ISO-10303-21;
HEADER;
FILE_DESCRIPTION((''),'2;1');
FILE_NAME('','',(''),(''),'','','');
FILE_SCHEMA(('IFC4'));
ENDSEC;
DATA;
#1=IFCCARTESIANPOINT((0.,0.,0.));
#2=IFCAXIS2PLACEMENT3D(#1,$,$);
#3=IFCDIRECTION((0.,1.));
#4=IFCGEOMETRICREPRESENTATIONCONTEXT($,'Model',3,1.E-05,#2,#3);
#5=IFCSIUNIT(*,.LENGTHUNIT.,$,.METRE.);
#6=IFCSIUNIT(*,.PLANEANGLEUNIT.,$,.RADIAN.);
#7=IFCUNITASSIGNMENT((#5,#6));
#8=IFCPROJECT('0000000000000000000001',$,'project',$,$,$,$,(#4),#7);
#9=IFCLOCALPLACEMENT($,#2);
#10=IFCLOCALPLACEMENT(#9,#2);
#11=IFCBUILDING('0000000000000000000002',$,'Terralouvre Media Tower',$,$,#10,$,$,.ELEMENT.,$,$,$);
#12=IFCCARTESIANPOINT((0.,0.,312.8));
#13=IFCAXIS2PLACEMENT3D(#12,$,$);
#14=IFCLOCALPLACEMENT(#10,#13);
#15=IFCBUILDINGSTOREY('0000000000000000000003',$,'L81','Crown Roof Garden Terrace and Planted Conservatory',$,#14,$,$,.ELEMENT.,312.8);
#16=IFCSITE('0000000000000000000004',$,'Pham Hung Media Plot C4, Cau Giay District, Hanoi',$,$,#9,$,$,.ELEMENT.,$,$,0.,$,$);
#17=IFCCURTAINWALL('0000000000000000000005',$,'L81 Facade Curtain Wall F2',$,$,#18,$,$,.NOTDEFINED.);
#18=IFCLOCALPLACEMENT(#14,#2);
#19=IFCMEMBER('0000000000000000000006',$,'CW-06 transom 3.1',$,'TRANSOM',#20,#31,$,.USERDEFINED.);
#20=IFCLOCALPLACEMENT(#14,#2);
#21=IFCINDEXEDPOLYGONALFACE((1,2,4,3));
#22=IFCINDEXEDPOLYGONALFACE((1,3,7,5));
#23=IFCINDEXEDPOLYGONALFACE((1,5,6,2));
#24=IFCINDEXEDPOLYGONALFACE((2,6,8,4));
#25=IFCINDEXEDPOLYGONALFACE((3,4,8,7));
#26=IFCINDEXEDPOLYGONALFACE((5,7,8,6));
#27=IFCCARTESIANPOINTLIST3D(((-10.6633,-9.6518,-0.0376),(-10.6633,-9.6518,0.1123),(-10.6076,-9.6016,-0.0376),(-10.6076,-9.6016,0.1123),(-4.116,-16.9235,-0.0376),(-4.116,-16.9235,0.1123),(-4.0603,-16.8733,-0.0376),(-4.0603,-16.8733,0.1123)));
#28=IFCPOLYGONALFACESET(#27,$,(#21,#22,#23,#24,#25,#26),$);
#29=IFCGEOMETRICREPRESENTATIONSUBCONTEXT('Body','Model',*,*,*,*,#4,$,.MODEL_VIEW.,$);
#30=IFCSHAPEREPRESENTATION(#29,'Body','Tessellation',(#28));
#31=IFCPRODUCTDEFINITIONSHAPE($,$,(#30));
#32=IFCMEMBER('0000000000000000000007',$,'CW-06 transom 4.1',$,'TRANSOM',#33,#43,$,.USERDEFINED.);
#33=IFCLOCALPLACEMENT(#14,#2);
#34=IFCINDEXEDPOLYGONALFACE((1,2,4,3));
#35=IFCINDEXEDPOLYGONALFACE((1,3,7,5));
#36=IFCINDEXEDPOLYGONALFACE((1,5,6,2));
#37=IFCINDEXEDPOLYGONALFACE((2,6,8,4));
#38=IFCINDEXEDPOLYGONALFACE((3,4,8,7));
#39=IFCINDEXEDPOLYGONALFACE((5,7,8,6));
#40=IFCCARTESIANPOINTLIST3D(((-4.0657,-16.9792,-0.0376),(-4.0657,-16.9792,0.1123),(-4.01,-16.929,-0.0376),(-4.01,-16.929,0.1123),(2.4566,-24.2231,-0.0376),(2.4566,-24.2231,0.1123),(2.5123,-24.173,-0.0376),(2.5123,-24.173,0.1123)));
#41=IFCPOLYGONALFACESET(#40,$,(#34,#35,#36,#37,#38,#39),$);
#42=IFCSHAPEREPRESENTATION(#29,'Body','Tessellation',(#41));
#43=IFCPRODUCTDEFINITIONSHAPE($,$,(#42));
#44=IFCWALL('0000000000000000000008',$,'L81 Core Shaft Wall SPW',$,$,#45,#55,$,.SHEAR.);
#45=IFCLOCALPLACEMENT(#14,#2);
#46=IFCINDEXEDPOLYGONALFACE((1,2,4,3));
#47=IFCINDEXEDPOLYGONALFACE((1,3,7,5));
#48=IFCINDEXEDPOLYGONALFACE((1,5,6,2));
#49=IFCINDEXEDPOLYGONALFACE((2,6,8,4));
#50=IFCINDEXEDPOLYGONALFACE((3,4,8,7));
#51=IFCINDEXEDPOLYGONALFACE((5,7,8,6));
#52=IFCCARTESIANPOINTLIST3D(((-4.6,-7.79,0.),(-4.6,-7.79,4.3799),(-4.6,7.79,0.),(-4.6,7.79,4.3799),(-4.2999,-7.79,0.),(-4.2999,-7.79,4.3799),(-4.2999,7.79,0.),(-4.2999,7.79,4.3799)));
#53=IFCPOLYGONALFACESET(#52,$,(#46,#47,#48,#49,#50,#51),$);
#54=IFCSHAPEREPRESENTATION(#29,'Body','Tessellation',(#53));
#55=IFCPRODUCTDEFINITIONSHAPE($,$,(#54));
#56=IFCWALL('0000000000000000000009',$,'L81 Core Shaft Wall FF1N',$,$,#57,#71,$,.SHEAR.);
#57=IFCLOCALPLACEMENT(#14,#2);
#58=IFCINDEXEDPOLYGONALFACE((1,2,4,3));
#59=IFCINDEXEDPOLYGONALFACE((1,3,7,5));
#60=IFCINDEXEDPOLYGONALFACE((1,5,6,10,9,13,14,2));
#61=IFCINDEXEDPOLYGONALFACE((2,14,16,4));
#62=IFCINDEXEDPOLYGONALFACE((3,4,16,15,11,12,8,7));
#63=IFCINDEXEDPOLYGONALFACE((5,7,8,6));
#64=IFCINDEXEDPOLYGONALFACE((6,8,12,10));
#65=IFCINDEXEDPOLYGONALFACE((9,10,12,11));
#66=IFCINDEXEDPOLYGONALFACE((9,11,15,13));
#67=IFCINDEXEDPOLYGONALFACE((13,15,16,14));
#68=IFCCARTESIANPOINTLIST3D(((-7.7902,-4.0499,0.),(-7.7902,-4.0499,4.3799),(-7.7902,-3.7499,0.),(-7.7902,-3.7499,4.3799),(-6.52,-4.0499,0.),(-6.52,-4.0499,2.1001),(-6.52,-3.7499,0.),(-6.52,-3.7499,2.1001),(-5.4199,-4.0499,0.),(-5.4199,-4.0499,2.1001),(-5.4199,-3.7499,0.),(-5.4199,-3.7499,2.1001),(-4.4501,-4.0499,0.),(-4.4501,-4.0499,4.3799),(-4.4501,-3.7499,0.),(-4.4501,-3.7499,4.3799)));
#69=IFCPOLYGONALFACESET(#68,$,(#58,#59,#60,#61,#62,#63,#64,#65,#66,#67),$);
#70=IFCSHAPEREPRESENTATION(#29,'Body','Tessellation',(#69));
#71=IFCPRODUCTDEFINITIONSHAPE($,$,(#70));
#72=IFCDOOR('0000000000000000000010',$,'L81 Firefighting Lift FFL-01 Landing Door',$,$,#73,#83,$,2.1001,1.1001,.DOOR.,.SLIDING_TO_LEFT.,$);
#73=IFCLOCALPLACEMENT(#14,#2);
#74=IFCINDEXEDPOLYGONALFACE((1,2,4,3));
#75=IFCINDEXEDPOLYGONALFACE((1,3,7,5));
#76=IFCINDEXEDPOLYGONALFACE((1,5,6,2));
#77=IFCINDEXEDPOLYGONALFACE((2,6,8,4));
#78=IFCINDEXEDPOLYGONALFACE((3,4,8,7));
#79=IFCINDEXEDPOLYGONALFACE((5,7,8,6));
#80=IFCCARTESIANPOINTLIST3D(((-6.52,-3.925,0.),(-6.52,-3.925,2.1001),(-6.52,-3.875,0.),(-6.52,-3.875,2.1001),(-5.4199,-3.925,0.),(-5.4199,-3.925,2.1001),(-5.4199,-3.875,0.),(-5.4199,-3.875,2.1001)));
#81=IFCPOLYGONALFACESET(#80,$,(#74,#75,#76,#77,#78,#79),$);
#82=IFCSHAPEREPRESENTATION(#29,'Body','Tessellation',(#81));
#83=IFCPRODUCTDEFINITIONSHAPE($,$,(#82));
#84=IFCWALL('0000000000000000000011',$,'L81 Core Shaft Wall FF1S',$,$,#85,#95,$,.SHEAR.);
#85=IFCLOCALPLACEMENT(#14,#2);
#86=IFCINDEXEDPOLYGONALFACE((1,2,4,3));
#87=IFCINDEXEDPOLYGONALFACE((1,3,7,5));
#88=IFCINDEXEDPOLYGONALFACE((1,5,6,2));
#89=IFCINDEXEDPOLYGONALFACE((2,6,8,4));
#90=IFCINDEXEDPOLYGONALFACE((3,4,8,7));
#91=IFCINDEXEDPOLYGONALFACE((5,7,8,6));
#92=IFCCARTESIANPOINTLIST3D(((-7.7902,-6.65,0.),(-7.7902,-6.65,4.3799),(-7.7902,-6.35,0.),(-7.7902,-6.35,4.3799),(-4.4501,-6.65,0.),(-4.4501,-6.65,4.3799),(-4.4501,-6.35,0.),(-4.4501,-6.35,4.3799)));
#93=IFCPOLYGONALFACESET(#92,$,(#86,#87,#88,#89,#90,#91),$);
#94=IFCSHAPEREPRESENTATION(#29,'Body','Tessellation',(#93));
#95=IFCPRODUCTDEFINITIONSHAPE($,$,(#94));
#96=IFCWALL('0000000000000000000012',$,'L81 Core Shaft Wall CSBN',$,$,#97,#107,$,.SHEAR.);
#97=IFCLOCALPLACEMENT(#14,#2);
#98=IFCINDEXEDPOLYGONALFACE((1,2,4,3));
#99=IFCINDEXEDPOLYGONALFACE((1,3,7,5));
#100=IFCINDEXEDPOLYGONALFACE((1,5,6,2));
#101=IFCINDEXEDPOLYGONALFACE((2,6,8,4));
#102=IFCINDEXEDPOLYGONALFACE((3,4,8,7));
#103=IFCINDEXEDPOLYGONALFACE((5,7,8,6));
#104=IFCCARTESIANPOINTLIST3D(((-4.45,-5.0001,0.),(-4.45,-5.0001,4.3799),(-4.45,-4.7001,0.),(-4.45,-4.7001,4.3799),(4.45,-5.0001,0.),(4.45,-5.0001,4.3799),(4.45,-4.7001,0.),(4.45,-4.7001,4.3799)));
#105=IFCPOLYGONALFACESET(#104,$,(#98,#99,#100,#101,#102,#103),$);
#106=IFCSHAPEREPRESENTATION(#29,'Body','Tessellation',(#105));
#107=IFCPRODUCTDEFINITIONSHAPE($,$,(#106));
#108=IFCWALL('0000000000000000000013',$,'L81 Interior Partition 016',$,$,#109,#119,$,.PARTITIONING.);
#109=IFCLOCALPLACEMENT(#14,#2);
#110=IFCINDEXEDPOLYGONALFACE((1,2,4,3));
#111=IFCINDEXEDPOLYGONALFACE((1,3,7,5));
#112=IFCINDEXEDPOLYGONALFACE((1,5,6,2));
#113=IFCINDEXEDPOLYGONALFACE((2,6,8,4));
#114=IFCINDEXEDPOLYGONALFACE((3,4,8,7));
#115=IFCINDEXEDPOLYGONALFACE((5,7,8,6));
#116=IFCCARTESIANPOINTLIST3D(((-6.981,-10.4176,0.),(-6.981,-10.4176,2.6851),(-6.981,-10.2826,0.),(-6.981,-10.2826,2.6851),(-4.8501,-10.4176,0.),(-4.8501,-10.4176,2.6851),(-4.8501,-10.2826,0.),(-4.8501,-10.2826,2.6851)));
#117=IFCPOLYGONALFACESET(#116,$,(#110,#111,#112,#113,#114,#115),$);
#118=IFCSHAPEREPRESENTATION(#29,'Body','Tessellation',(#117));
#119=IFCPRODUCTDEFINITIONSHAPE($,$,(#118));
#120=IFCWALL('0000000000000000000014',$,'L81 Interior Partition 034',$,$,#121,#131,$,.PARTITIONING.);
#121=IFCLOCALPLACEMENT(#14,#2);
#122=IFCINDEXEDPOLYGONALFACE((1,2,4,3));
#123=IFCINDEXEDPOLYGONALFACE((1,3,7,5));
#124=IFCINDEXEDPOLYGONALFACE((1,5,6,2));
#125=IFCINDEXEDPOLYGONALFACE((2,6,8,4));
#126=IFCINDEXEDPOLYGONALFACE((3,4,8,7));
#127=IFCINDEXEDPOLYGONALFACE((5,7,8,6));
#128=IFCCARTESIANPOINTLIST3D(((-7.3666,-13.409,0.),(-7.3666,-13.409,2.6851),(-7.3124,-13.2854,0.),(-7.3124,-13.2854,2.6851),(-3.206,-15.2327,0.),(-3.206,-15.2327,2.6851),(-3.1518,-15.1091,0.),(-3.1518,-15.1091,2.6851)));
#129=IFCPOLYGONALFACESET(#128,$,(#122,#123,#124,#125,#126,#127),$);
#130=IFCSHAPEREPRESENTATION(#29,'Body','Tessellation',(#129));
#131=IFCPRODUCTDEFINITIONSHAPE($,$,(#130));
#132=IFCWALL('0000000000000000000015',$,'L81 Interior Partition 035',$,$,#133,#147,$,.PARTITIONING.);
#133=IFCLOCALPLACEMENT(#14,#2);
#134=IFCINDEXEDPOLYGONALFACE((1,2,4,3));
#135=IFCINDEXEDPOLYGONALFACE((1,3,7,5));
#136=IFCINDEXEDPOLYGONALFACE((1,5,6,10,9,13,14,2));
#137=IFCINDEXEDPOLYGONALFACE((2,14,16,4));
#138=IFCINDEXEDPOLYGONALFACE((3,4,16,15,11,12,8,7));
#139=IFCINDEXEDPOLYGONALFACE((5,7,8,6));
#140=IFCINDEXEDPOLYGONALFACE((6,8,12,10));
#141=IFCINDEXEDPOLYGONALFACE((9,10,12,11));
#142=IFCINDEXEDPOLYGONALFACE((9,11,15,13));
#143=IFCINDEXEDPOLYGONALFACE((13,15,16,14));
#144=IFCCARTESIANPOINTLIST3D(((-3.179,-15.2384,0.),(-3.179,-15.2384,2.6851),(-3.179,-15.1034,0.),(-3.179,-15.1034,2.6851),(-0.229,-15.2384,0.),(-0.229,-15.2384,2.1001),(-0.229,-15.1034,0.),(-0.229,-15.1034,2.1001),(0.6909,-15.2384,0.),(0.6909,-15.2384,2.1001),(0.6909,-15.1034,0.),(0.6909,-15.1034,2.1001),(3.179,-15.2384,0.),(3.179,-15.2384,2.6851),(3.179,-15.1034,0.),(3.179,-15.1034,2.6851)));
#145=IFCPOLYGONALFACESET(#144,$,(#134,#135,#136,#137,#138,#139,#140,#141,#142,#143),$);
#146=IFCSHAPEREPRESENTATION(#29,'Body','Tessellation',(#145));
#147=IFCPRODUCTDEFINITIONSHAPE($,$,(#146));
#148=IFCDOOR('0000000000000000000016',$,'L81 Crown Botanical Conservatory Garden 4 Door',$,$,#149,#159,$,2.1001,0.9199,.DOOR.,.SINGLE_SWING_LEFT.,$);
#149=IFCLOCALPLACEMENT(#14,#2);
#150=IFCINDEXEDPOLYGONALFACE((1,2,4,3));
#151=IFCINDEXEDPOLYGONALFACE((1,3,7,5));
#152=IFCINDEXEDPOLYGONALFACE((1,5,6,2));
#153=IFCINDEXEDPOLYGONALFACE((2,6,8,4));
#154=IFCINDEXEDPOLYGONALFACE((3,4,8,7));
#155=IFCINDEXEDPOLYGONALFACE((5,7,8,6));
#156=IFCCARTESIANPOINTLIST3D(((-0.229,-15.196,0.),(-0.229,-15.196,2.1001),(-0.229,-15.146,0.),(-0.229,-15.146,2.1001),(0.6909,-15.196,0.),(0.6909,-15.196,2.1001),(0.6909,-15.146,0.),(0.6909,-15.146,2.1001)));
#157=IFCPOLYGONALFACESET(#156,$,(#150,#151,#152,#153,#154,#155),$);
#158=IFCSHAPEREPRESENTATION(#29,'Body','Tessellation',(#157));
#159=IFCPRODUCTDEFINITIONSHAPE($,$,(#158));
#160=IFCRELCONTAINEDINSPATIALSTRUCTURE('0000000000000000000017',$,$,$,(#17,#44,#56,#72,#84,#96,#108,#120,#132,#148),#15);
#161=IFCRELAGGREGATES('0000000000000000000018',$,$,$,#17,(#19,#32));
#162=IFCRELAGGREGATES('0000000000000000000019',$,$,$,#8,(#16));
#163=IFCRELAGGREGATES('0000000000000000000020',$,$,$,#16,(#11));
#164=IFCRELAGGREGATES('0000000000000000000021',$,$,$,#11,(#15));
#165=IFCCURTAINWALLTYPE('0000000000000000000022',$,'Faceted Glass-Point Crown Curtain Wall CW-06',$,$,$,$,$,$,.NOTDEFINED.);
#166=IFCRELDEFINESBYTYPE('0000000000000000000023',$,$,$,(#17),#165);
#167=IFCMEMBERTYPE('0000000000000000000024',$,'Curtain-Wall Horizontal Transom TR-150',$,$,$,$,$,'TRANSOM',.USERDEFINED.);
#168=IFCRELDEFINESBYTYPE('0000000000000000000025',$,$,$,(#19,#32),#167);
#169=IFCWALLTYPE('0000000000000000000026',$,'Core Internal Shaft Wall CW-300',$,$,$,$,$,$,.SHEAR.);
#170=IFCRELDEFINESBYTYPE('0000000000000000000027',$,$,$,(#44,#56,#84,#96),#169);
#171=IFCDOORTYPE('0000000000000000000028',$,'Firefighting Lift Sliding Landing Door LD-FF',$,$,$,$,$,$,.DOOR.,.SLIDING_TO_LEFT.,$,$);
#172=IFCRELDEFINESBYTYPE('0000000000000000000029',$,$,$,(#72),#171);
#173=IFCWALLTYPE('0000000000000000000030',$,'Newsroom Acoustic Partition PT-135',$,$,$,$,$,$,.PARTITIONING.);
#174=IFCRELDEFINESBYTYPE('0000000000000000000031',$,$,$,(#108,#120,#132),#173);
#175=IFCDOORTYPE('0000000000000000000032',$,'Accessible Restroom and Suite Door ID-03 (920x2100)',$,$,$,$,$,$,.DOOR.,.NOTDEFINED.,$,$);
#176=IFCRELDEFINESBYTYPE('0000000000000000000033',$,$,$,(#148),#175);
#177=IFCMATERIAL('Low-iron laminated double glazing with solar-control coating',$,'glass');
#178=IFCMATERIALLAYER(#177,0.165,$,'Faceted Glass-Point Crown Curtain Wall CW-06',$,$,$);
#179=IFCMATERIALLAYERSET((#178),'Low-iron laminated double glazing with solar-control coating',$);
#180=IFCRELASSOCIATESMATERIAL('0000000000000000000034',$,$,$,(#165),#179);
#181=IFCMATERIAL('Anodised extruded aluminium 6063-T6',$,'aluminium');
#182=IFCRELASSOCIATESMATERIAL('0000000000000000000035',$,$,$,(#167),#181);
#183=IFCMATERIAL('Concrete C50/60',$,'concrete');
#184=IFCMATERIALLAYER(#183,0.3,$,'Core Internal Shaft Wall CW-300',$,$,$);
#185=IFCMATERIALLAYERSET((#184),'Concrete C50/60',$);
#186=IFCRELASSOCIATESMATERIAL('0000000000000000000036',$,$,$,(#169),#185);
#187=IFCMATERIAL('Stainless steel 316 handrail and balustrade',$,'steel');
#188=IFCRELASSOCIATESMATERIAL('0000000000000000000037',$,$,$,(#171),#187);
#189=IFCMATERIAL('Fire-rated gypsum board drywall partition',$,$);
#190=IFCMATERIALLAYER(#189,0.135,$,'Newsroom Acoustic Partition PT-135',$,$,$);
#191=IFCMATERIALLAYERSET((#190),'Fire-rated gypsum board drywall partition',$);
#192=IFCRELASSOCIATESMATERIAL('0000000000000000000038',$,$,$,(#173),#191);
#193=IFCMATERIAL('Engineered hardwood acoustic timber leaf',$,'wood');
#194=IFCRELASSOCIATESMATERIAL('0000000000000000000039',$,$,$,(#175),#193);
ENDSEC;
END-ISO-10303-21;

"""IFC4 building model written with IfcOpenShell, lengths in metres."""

from ifc_helpers import new_model, si_unit, direction, frame, frame_2d, origin, origin_2d, place, context, subcontext, project, spatial, rectangle, extrude, material, layer, layer_set, material_profile, profile_set, type_object, element, fill, aggregate, save


model = new_model("IFC4")

# Units and contexts
model_context = context("Model", 3, precision=1e-05, world=origin(), true_north=direction((0.0, 1.0)))
body_context = subcontext(model_context, "Body", "Model", "MODEL_VIEW")
ifc_project = project(units=[si_unit("LENGTHUNIT", "METRE"), si_unit("PLANEANGLEUNIT", "RADIAN")], contexts=[model_context])

# Site, building, storey
site_placement = place(None, origin())
site = spatial("IfcSite", under=ifc_project, at=site_placement, Name="Pham Hung Media Plot C4, Cau Giay District, Hanoi", CompositionType="ELEMENT", RefElevation=0.0)
building_placement = place(site_placement, origin())
building = spatial("IfcBuilding", under=site, at=building_placement, Name="Terralouvre Media Tower", CompositionType="ELEMENT")
storey_placement = place(building_placement, frame((0.0, 0.0, 312.8)))
storey = spatial("IfcBuildingStorey", under=building, at=storey_placement, Name="L81", Description="Crown Roof Garden Terrace and Planted Conservatory", CompositionType="ELEMENT", Elevation=312.8)

# Curtain wall, members
ifc_material_1 = material(Name="Low-iron laminated double glazing with solar-control coating", Category="glass")
ifc_layer_1 = layer(ifc_material_1, 0.165, Name="Faceted Glass-Point Crown Curtain Wall CW-06")
ifc_layer_set_1 = layer_set([ifc_layer_1], Name="Low-iron laminated double glazing with solar-control coating")
curtain_wall_type = type_object("IfcCurtainWallType", Name="Faceted Glass-Point Crown Curtain Wall CW-06", PredefinedType="NOTDEFINED", material=ifc_layer_set_1)
curtain_wall_placement = place(storey_placement, origin())
curtain_wall = element("IfcCurtainWall", 1, at=curtain_wall_placement, inside=storey, type_object=curtain_wall_type, Name="L81 Facade Curtain Wall F2", PredefinedType="NOTDEFINED")
ifc_material_2 = material(Name="Anodised extruded aluminium 6063-T6", Category="aluminium")
ifc_material_profile = material_profile(ifc_material_2, rectangle(XDim=0.075, YDim=0.1499, at=origin_2d()), Name="ALU 75x150")
ifc_profile_set = profile_set([ifc_material_profile], Name="Anodised extruded aluminium 6063-T6")
member_type = type_object("IfcMemberType", Name="Curtain-Wall Horizontal Transom TR-150", ElementType="TRANSOM", PredefinedType="USERDEFINED", material=ifc_profile_set)
member_1_placement = place(storey_placement, frame((-10.6355, -9.6267, 0.0374), z_axis=(0.669123, -0.743151, 0.0), x_axis=(0.743151, 0.669123, 0.0)))
member_1 = element("IfcMember", 2, at=member_1_placement, type_object=member_type, Name="CW-06 transom 3.1", ObjectType="TRANSOM", PredefinedType="USERDEFINED", context=body_context, shape_type="SweptSolid", body=[
    extrude(rectangle(XDim=0.075, YDim=0.1499, at=origin_2d()), origin(), (0.0, 0.0, 1.0), 9.7849),
])
member_2_placement = place(storey_placement, frame((-4.0378, -16.9541, 0.0374), z_axis=(0.669118, -0.743156, 0.0), x_axis=(0.743156, 0.669118, 0.0)))
member_2 = element("IfcMember", 3, at=member_2_placement, type_object=member_type, Name="CW-06 transom 4.1", ObjectType="TRANSOM", PredefinedType="USERDEFINED", context=body_context, shape_type="SweptSolid", body=[
    extrude(rectangle(XDim=0.075, YDim=0.1499, at=origin_2d()), origin(), (0.0, 0.0, 1.0), 9.7476),
])
aggregate(curtain_wall, [member_1, member_2])

# Wall
ifc_material_3 = material(Name="Concrete C50/60", Category="concrete")
ifc_layer_2 = layer(ifc_material_3, 0.3, Name="Core Internal Shaft Wall CW-300")
ifc_layer_set_2 = layer_set([ifc_layer_2], Name="Concrete C50/60")
wall_type_1 = type_object("IfcWallType", Name="Core Internal Shaft Wall CW-300", PredefinedType="SHEAR", material=ifc_layer_set_2)
wall_1_placement = place(storey_placement, frame((-4.45, -7.79, 0.0), z_axis=(0.0, 0.0, 1.0), x_axis=(0.0, 1.0, 0.0)))
element("IfcWall", 4, at=wall_1_placement, inside=storey, type_object=wall_type_1, Name="L81 Core Shaft Wall SPW", PredefinedType="SHEAR", context=body_context, shape_type="SweptSolid", body=[
    extrude(rectangle(XDim=15.5801, YDim=0.3, at=frame_2d((7.79, 0.0))), origin(), (0.0, 0.0, 1.0), 4.3799),
])

# Wall, opening, door
wall_2_placement = place(storey_placement, frame((-7.79, -3.8999, 0.0), z_axis=(0.0, 0.0, 1.0), x_axis=(1.0, 0.0, 0.0)))
wall_2 = element("IfcWall", 5, at=wall_2_placement, inside=storey, type_object=wall_type_1, Name="L81 Core Shaft Wall FF1N", PredefinedType="SHEAR", context=body_context, shape_type="SweptSolid", body=[
    extrude(rectangle(XDim=3.3401, YDim=0.3, at=frame_2d((1.6699, 0.0))), origin(), (0.0, 0.0, 1.0), 4.3799),
])
opening_1_placement = place(wall_2_placement, frame((1.27, 0.0, 0.0)))
opening_1 = element("IfcOpeningElement", 6, at=opening_1_placement, cuts=wall_2, PredefinedType="OPENING", context=body_context, shape_type="SweptSolid", body=[
    extrude(rectangle(XDim=1.1001, YDim=2.1001, at=frame_2d((0.55, 1.05))), frame((0.0, 0.1599, 0.0), z_axis=(0.0, -1.0, 0.0), x_axis=(1.0, 0.0, 0.0)), (0.0, 0.0, 1.0), 0.3201),
])
ifc_material_4 = material(Name="Stainless steel 316 handrail and balustrade", Category="steel")
door_type_1 = type_object("IfcDoorType", Name="Firefighting Lift Sliding Landing Door LD-FF", OperationType="SLIDING_TO_LEFT", PredefinedType="DOOR", material=ifc_material_4)
door_1_placement = place(opening_1_placement, origin())
door_1 = element("IfcDoor", 7, at=door_1_placement, inside=storey, type_object=door_type_1, Name="L81 Firefighting Lift FFL-01 Landing Door", OperationType="SLIDING_TO_LEFT", OverallHeight=2.1001, OverallWidth=1.1001, PredefinedType="DOOR", context=body_context, shape_type="SweptSolid", body=[
    extrude(rectangle(XDim=1.1001, YDim=2.1001, at=frame_2d((0.55, 1.05))), frame((0.0, 0.0249, 0.0), z_axis=(0.0, -1.0, 0.0), x_axis=(1.0, 0.0, 0.0)), (0.0, 0.0, 1.0), 0.05),
])
fill(opening_1, door_1)

# Walls
wall_3_placement = place(storey_placement, frame((-7.79, -6.5, 0.0), z_axis=(0.0, 0.0, 1.0), x_axis=(1.0, 0.0, 0.0)))
element("IfcWall", 8, at=wall_3_placement, inside=storey, type_object=wall_type_1, Name="L81 Core Shaft Wall FF1S", PredefinedType="SHEAR", context=body_context, shape_type="SweptSolid", body=[
    extrude(rectangle(XDim=3.3401, YDim=0.3, at=frame_2d((1.6699, 0.0))), origin(), (0.0, 0.0, 1.0), 4.3799),
])
wall_4_placement = place(storey_placement, frame((-4.45, -4.8501, 0.0), z_axis=(0.0, 0.0, 1.0), x_axis=(1.0, 0.0, 0.0)))
element("IfcWall", 9, at=wall_4_placement, inside=storey, type_object=wall_type_1, Name="L81 Core Shaft Wall CSBN", PredefinedType="SHEAR", context=body_context, shape_type="SweptSolid", body=[
    extrude(rectangle(XDim=8.8999, YDim=0.3, at=frame_2d((4.45, 0.0))), origin(), (0.0, 0.0, 1.0), 4.3799),
])
ifc_material_5 = material(Name="Fire-rated gypsum board drywall partition")
ifc_layer_3 = layer(ifc_material_5, 0.135, Name="Newsroom Acoustic Partition PT-135")
ifc_layer_set_3 = layer_set([ifc_layer_3], Name="Fire-rated gypsum board drywall partition")
wall_type_2 = type_object("IfcWallType", Name="Newsroom Acoustic Partition PT-135", PredefinedType="PARTITIONING", material=ifc_layer_set_3)
wall_5_placement = place(storey_placement, frame((-6.981, -10.3501, 0.0), z_axis=(0.0, 0.0, 1.0), x_axis=(1.0, 0.0, 0.0)))
element("IfcWall", 10, at=wall_5_placement, inside=storey, type_object=wall_type_2, Name="L81 Interior Partition 016", PredefinedType="PARTITIONING", context=body_context, shape_type="SweptSolid", body=[
    extrude(rectangle(XDim=2.1309, YDim=0.135, at=frame_2d((1.0654, 0.0))), origin(), (0.0, 0.0, 1.0), 2.6851),
])
wall_6_placement = place(storey_placement, frame((-7.3396, -13.3472, 0.0), z_axis=(0.0, 0.0, 1.0), x_axis=(0.915878, -0.401456, 0.0)))
element("IfcWall", 11, at=wall_6_placement, inside=storey, type_object=wall_type_2, Name="L81 Interior Partition 034", PredefinedType="PARTITIONING", context=body_context, shape_type="SweptSolid", body=[
    extrude(rectangle(XDim=4.5427, YDim=0.135, at=frame_2d((2.2715, 0.0))), origin(), (0.0, 0.0, 1.0), 2.6851),
])

# Wall, opening, door
wall_7_placement = place(storey_placement, frame((-3.179, -15.1709, 0.0), z_axis=(0.0, 0.0, 1.0), x_axis=(1.0, 0.0, 0.0)))
wall_7 = element("IfcWall", 12, at=wall_7_placement, inside=storey, type_object=wall_type_2, Name="L81 Interior Partition 035", PredefinedType="PARTITIONING", context=body_context, shape_type="SweptSolid", body=[
    extrude(rectangle(XDim=6.3579, YDim=0.135, at=frame_2d((3.179, 0.0))), origin(), (0.0, 0.0, 1.0), 2.6851),
])
opening_2_placement = place(wall_7_placement, frame((2.95, 0.0, 0.0)))
opening_2 = element("IfcOpeningElement", 13, at=opening_2_placement, cuts=wall_7, PredefinedType="OPENING", context=body_context, shape_type="SweptSolid", body=[
    extrude(rectangle(XDim=0.9199, YDim=2.1001, at=frame_2d((0.46, 1.05))), frame((0.0, 0.0774, 0.0), z_axis=(0.0, -1.0, 0.0), x_axis=(1.0, 0.0, 0.0)), (0.0, 0.0, 1.0), 0.155),
])
ifc_material_6 = material(Name="Engineered hardwood acoustic timber leaf", Category="wood")
door_type_2 = type_object("IfcDoorType", Name="Accessible Restroom and Suite Door ID-03 (920x2100)", OperationType="NOTDEFINED", PredefinedType="DOOR", material=ifc_material_6)
door_2_placement = place(opening_2_placement, origin())
door_2 = element("IfcDoor", 14, at=door_2_placement, inside=storey, type_object=door_type_2, Name="L81 Crown Botanical Conservatory Garden 4 Door", OperationType="SINGLE_SWING_LEFT", OverallHeight=2.1001, OverallWidth=0.9199, PredefinedType="DOOR", context=body_context, shape_type="SweptSolid", body=[
    extrude(rectangle(XDim=0.9199, YDim=2.1001, at=frame_2d((0.46, 1.05))), frame((0.0, 0.0249, 0.0), z_axis=(0.0, -1.0, 0.0), x_axis=(1.0, 0.0, 0.0)), (0.0, 0.0, 1.0), 0.05),
])
fill(opening_2, door_2)

save(model, "model.ifc")
